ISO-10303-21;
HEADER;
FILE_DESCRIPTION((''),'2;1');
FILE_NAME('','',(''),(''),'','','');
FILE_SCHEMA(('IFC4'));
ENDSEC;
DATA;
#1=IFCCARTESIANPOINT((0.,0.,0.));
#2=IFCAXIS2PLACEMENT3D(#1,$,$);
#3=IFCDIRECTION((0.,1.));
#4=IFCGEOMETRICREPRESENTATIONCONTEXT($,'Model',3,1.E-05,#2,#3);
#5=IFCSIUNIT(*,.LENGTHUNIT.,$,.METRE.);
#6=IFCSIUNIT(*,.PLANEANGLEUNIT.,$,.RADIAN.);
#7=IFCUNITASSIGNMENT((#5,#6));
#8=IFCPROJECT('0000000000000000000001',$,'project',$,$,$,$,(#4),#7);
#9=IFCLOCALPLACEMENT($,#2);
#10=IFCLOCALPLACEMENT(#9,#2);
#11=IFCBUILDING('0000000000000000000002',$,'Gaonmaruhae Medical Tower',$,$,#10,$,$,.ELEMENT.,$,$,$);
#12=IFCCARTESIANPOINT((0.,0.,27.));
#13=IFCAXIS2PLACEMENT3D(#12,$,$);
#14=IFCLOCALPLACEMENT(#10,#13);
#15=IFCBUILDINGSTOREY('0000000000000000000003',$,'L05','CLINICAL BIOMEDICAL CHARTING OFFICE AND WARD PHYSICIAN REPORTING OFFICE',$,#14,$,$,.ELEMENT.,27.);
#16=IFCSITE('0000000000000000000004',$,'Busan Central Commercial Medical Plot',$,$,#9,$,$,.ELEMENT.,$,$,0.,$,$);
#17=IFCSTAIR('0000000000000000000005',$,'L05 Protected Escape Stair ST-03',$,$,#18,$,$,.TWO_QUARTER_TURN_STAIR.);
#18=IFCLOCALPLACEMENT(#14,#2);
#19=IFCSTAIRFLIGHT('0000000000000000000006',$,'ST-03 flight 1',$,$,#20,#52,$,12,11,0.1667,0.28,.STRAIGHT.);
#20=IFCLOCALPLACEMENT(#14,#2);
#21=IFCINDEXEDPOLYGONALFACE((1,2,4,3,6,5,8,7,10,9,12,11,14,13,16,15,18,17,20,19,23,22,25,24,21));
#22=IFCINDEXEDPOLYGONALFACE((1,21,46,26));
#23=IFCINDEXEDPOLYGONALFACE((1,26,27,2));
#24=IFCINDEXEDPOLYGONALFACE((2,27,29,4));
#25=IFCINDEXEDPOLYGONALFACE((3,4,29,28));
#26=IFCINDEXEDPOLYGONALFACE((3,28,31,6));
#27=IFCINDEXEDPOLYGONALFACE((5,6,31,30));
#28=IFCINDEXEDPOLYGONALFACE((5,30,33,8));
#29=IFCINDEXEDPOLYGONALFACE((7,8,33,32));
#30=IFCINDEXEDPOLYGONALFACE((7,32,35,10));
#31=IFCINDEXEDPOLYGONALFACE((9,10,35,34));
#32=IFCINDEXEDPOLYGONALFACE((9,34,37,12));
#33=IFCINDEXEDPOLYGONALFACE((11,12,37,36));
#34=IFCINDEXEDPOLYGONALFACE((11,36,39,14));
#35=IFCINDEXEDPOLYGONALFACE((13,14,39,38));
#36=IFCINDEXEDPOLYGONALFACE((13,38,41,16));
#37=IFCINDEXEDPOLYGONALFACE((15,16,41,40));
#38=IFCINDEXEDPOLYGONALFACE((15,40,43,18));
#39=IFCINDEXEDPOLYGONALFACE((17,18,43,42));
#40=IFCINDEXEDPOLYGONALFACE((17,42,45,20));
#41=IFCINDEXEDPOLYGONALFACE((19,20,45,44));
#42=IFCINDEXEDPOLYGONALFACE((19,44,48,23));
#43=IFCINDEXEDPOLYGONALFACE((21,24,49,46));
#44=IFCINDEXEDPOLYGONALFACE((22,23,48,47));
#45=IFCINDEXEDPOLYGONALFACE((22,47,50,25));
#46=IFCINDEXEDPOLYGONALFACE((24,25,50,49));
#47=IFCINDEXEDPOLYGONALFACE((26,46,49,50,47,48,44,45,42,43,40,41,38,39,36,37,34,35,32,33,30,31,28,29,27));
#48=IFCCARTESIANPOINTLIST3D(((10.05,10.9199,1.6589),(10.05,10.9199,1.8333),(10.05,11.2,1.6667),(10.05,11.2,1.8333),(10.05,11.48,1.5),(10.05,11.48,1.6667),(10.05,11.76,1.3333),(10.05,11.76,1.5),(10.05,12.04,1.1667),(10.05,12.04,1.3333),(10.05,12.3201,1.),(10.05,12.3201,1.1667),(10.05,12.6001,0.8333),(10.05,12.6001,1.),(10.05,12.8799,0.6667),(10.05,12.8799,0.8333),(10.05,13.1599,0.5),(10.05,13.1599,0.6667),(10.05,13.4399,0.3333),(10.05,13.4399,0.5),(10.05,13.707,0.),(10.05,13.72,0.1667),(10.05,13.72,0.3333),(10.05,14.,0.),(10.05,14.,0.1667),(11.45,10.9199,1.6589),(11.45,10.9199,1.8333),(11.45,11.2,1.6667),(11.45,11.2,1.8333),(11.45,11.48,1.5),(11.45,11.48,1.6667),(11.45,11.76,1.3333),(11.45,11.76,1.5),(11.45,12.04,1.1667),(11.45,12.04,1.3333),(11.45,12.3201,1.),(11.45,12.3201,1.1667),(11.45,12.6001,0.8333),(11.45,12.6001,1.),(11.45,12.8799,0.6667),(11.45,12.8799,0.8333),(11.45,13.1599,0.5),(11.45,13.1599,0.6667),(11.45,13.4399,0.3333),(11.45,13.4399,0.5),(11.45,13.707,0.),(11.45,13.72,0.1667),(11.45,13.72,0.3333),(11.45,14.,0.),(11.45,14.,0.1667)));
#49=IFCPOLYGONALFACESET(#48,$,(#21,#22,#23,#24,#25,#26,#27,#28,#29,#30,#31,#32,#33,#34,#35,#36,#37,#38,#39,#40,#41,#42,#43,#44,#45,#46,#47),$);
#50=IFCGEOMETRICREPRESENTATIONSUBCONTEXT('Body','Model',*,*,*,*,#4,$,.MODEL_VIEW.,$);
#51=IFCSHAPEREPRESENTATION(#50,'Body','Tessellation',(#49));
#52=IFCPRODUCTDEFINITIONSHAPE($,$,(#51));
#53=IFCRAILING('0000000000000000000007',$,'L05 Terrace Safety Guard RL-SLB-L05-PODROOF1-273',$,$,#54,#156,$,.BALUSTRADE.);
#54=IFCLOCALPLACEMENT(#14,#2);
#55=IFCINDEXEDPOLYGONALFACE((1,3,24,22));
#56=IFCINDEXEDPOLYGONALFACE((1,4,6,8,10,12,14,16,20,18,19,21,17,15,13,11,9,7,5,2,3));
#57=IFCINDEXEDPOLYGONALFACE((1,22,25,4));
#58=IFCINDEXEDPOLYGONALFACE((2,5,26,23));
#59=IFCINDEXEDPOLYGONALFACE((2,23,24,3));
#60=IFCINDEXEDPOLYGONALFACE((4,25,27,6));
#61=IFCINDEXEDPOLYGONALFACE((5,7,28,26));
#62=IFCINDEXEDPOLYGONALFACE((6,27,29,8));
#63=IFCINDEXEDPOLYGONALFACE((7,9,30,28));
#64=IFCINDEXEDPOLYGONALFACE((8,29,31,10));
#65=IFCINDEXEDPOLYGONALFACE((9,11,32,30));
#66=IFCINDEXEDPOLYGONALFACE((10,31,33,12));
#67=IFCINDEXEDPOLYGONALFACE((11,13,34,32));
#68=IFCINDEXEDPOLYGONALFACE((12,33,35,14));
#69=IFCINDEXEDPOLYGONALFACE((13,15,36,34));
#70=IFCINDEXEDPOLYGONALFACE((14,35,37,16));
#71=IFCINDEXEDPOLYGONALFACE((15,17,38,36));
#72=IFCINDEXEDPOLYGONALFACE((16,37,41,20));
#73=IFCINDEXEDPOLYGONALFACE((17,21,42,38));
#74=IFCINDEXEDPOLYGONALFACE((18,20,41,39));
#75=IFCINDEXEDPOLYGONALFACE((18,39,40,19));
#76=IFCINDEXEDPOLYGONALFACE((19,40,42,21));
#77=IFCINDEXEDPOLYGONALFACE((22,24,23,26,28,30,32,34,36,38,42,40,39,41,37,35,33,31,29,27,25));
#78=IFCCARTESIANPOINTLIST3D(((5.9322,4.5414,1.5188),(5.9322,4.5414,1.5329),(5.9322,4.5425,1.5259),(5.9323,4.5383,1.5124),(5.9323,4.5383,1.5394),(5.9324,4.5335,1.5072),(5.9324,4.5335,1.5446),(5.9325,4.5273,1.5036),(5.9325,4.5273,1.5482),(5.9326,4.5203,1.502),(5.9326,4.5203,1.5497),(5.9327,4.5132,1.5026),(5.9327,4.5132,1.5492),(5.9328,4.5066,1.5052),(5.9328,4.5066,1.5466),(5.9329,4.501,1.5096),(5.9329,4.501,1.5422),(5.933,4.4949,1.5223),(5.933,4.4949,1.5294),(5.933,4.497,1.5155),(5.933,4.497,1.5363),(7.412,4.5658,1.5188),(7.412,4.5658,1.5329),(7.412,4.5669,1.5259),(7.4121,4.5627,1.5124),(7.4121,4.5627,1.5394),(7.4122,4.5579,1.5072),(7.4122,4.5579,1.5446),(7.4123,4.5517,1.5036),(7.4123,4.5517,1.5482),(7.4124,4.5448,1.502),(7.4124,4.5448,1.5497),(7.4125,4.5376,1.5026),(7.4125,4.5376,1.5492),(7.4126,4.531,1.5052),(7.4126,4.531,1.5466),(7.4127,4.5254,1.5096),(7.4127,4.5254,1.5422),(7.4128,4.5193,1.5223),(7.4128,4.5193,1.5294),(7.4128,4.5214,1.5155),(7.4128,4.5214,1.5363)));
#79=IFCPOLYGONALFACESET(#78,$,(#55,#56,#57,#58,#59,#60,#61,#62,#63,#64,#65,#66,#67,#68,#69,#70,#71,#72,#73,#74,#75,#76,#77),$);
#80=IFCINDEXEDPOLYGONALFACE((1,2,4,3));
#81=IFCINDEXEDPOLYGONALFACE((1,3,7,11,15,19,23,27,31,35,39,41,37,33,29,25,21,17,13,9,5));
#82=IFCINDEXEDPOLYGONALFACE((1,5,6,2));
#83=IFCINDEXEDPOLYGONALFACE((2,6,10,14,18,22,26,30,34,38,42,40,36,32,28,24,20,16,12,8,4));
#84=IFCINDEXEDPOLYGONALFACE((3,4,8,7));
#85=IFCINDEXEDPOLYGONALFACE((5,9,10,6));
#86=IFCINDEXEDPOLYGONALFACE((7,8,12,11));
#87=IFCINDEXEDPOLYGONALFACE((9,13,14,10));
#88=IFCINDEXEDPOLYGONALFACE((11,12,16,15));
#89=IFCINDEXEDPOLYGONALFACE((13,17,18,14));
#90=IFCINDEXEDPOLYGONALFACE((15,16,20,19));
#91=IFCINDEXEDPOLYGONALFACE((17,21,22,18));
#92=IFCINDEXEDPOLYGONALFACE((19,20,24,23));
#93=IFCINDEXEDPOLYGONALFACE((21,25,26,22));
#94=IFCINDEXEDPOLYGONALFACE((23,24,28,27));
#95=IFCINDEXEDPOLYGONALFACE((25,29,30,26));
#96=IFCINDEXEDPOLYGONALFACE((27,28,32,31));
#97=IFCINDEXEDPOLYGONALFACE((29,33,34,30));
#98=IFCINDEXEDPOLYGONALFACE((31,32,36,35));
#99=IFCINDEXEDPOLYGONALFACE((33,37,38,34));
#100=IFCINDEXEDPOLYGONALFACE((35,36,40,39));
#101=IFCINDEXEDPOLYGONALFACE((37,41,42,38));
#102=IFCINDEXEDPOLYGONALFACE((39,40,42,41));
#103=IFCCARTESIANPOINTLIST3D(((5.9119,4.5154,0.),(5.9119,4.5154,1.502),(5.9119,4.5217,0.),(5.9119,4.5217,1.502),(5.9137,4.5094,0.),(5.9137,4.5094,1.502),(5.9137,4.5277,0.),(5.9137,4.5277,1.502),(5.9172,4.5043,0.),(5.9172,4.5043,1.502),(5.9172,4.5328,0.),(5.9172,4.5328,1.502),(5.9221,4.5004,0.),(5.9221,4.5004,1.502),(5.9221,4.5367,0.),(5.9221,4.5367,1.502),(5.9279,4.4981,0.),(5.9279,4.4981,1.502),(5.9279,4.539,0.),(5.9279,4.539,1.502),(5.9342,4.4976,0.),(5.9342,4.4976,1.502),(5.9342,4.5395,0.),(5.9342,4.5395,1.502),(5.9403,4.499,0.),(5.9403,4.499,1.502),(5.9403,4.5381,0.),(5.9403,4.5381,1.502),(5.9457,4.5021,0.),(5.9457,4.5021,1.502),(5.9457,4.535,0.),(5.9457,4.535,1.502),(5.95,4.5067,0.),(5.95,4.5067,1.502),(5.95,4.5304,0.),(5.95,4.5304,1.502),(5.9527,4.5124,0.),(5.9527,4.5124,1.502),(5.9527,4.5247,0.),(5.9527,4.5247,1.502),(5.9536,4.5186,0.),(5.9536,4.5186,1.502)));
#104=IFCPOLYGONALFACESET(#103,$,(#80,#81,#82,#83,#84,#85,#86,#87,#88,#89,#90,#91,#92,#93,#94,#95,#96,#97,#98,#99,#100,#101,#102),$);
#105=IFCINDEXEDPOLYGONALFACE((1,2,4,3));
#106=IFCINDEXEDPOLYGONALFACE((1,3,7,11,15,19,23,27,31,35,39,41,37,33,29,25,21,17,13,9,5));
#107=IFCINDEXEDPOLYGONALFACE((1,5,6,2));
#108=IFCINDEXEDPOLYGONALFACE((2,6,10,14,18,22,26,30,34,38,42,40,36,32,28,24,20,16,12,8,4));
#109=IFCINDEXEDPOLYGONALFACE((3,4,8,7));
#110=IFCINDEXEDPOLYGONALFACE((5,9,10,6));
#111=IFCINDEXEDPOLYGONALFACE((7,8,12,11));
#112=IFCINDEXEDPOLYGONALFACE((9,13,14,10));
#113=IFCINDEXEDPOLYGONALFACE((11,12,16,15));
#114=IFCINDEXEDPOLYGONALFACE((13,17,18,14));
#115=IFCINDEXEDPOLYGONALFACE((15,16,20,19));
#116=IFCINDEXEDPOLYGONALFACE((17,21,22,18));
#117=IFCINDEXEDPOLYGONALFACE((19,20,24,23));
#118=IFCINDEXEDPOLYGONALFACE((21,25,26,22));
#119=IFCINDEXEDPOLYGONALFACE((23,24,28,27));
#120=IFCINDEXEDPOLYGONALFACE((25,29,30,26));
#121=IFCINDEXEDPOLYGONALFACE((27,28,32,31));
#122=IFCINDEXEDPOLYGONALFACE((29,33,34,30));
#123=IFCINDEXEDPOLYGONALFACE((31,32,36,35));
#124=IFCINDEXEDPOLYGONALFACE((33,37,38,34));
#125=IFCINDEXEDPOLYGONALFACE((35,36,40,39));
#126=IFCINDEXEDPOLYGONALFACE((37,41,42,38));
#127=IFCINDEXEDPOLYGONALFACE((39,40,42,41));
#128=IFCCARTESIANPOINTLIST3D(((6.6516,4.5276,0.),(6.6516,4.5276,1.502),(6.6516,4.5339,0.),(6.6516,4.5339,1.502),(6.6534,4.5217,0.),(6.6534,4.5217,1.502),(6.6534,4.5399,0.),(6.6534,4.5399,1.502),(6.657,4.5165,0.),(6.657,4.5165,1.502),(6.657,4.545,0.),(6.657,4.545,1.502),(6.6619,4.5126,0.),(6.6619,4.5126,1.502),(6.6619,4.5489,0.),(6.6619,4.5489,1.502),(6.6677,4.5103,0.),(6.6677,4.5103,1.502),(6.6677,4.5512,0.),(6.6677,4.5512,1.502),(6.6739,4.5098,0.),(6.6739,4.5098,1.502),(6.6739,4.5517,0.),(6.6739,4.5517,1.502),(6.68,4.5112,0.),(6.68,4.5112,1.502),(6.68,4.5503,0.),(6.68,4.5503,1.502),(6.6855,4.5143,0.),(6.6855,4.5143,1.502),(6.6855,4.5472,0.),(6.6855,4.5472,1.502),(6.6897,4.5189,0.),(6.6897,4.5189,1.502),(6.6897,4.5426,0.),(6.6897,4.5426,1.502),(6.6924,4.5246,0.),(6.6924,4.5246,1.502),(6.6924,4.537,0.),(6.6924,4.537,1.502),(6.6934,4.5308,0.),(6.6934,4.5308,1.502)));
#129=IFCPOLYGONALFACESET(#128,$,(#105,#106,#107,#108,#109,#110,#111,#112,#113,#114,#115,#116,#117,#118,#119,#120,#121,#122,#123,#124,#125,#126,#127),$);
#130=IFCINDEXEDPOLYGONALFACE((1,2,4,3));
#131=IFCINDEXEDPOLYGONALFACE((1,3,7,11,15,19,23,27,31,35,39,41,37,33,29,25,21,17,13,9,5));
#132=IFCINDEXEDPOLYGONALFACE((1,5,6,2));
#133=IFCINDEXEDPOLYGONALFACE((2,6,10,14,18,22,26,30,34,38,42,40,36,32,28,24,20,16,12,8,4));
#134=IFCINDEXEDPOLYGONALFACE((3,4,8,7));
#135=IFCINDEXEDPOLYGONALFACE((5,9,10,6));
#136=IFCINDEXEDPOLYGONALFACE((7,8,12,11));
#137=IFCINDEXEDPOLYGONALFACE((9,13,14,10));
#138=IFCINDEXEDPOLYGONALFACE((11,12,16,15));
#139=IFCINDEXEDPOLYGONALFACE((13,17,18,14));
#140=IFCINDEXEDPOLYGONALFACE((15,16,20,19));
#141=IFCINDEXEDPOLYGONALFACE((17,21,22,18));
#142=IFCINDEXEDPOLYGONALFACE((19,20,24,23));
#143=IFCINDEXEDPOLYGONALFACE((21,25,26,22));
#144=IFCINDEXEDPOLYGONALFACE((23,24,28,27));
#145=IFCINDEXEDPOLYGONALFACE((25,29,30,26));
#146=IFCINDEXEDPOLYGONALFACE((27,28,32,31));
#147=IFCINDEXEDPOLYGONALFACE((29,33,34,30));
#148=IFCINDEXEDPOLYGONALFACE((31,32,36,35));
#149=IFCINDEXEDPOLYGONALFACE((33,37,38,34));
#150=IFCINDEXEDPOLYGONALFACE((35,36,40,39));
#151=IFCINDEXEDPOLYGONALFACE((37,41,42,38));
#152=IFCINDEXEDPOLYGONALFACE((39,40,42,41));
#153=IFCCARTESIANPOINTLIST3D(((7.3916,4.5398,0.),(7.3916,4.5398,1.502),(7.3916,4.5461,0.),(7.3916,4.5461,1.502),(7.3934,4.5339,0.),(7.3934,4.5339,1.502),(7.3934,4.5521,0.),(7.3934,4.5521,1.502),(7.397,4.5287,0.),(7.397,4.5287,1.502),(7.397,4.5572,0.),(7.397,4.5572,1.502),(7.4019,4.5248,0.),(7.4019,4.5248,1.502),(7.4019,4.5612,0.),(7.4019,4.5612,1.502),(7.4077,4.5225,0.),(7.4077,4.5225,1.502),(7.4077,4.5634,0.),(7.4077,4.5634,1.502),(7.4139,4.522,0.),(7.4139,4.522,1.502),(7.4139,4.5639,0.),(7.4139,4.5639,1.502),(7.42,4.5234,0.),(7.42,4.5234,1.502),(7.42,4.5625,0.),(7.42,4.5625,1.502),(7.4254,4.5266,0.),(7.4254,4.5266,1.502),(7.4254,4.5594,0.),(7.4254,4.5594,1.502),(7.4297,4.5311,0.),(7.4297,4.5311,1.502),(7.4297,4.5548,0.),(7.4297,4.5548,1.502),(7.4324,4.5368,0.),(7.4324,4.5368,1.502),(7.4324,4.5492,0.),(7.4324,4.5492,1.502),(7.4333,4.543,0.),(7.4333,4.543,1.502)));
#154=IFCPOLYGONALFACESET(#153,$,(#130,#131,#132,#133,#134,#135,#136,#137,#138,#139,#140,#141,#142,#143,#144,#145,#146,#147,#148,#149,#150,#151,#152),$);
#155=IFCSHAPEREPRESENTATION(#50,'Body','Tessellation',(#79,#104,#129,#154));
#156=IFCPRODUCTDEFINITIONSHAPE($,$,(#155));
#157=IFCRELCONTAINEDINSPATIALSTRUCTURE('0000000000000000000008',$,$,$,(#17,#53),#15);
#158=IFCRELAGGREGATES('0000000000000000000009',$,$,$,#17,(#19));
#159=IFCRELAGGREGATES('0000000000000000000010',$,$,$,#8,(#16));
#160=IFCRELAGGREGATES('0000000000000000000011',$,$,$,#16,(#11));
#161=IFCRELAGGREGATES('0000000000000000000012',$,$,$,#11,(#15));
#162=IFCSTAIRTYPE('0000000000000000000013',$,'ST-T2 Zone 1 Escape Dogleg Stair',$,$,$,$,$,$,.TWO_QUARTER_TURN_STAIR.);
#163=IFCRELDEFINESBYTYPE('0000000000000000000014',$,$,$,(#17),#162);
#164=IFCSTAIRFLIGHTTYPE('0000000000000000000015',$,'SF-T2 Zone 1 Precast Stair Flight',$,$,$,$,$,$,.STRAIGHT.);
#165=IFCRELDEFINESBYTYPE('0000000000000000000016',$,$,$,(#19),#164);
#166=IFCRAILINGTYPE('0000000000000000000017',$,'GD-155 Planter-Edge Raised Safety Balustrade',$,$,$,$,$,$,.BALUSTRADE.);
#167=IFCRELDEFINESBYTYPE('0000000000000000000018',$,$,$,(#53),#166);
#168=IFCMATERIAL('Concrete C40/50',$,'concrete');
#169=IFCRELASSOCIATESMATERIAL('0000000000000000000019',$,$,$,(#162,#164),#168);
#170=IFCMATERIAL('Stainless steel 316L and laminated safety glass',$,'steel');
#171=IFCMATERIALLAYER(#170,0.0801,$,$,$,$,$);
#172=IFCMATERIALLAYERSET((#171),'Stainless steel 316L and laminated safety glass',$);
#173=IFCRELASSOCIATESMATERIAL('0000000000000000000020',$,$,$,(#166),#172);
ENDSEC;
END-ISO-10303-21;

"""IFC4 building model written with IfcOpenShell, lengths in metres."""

from ifc_helpers import new_model, si_unit, direction, frame, origin, origin_2d, place, context, subcontext, project, spatial, polyline, circle, outline, extrude, material, layer, layer_set, type_object, element, aggregate, save


model = new_model("IFC4")

# Units and contexts
model_context = context("Model", 3, precision=1e-05, world=origin(), true_north=direction((0.0, 1.0)))
body_context = subcontext(model_context, "Body", "Model", "MODEL_VIEW")
ifc_project = project(units=[si_unit("LENGTHUNIT", "METRE"), si_unit("PLANEANGLEUNIT", "RADIAN")], contexts=[model_context])

# Site, building, storey
site_placement = place(None, origin())
site = spatial("IfcSite", under=ifc_project, at=site_placement, Name="Busan Central Commercial Medical Plot", CompositionType="ELEMENT", RefElevation=0.0)
building_placement = place(site_placement, origin())
building = spatial("IfcBuilding", under=site, at=building_placement, Name="Gaonmaruhae Medical Tower", CompositionType="ELEMENT")
storey_placement = place(building_placement, frame((0.0, 0.0, 27.0)))
storey = spatial("IfcBuildingStorey", under=building, at=storey_placement, Name="L05", Description="CLINICAL BIOMEDICAL CHARTING OFFICE AND WARD PHYSICIAN REPORTING OFFICE", CompositionType="ELEMENT", Elevation=27.0)

# Stair, stair flight
ifc_material_1 = material(Name="Concrete C40/50", Category="concrete")
stair_type = type_object("IfcStairType", Name="ST-T2 Zone 1 Escape Dogleg Stair", PredefinedType="TWO_QUARTER_TURN_STAIR", material=ifc_material_1)
stair_placement = place(storey_placement, origin())
stair = element("IfcStair", 1, at=stair_placement, inside=storey, type_object=stair_type, Name="L05 Protected Escape Stair ST-03", PredefinedType="TWO_QUARTER_TURN_STAIR")
stair_flight_type = type_object("IfcStairFlightType", Name="SF-T2 Zone 1 Precast Stair Flight", PredefinedType="STRAIGHT", material=ifc_material_1)
stair_flight_placement = place(storey_placement, frame((10.75, 14.0, 0.0), z_axis=(0.0, 0.0, 1.0), x_axis=(0.0, -1.0, 0.0)))
stair_flight = element("IfcStairFlight", 2, at=stair_flight_placement, type_object=stair_flight_type, Name="ST-03 flight 1", NumberOfRisers=12, NumberOfTreads=11, PredefinedType="STRAIGHT", RiserHeight=0.1667, TreadLength=0.28, context=body_context, shape_type="SweptSolid", body=[
    extrude(outline(polyline([(0.0, 0.0), (0.0, 0.1667), (0.28, 0.1667), (0.28, 0.3333), (0.5601, 0.3333), (0.5601, 0.5), (0.8401, 0.5), (0.8401, 0.6667), (1.1201, 0.6667), (1.1201, 0.8333), (1.3999, 0.8333), (1.3999, 1.0), (1.6799, 1.0), (1.6799, 1.1667), (1.96, 1.1667), (1.96, 1.3333), (2.24, 1.3333), (2.24, 1.5), (2.52, 1.5), (2.52, 1.6667), (2.8, 1.6667), (2.8, 1.8333), (3.0801, 1.8333), (3.0801, 2.0), (3.0801, 1.6589), (0.293, 0.0), (0.0, 0.0)])), frame((0.0, 0.7, 0.0), z_axis=(0.0, -1.0, 0.0), x_axis=(1.0, 0.0, 0.0)), (0.0, 0.0, 1.0), 1.3999),
])
aggregate(stair, [stair_flight])

# Railing
ifc_material_2 = material(Name="Stainless steel 316L and laminated safety glass", Category="steel")
ifc_layer_1 = layer(ifc_material_2, 0.0801)
ifc_layer_set_1 = layer_set([ifc_layer_1], Name="Stainless steel 316L and laminated safety glass")
railing_type_1 = type_object("IfcRailingType", Name="GD-155 Planter-Edge Raised Safety Balustrade", PredefinedType="BALUSTRADE", material=ifc_layer_set_1)
railing_1_placement = place(storey_placement, frame((5.9326, 4.5186, 0.0)))
element("IfcRailing", 3, at=railing_1_placement, inside=storey, type_object=railing_type_1, Name="L05 Terrace Safety Guard RL-SLB-L05-PODROOF1-273", PredefinedType="BALUSTRADE", context=body_context, shape_type="SweptSolid", body=[
    extrude(circle(Radius=0.0239, at=origin_2d()), frame((0.0, 0.0, 1.5259), z_axis=(0.999864, 0.016497, 0.0), x_axis=(-0.016497, 0.999864, 0.0)), (0.0, 0.0, 1.0), 1.48),
    extrude(circle(Radius=0.021, at=origin_2d()), origin(), (0.0, 0.0, 1.0), 1.502),
    extrude(circle(Radius=0.021, at=origin_2d()), frame((0.7397, 0.0122, 0.0)), (0.0, 0.0, 1.0), 1.502),
    extrude(circle(Radius=0.021, at=origin_2d()), frame((1.4797, 0.0244, 0.0)), (0.0, 0.0, 1.0), 1.502),
])

save(model, "model.ifc")
